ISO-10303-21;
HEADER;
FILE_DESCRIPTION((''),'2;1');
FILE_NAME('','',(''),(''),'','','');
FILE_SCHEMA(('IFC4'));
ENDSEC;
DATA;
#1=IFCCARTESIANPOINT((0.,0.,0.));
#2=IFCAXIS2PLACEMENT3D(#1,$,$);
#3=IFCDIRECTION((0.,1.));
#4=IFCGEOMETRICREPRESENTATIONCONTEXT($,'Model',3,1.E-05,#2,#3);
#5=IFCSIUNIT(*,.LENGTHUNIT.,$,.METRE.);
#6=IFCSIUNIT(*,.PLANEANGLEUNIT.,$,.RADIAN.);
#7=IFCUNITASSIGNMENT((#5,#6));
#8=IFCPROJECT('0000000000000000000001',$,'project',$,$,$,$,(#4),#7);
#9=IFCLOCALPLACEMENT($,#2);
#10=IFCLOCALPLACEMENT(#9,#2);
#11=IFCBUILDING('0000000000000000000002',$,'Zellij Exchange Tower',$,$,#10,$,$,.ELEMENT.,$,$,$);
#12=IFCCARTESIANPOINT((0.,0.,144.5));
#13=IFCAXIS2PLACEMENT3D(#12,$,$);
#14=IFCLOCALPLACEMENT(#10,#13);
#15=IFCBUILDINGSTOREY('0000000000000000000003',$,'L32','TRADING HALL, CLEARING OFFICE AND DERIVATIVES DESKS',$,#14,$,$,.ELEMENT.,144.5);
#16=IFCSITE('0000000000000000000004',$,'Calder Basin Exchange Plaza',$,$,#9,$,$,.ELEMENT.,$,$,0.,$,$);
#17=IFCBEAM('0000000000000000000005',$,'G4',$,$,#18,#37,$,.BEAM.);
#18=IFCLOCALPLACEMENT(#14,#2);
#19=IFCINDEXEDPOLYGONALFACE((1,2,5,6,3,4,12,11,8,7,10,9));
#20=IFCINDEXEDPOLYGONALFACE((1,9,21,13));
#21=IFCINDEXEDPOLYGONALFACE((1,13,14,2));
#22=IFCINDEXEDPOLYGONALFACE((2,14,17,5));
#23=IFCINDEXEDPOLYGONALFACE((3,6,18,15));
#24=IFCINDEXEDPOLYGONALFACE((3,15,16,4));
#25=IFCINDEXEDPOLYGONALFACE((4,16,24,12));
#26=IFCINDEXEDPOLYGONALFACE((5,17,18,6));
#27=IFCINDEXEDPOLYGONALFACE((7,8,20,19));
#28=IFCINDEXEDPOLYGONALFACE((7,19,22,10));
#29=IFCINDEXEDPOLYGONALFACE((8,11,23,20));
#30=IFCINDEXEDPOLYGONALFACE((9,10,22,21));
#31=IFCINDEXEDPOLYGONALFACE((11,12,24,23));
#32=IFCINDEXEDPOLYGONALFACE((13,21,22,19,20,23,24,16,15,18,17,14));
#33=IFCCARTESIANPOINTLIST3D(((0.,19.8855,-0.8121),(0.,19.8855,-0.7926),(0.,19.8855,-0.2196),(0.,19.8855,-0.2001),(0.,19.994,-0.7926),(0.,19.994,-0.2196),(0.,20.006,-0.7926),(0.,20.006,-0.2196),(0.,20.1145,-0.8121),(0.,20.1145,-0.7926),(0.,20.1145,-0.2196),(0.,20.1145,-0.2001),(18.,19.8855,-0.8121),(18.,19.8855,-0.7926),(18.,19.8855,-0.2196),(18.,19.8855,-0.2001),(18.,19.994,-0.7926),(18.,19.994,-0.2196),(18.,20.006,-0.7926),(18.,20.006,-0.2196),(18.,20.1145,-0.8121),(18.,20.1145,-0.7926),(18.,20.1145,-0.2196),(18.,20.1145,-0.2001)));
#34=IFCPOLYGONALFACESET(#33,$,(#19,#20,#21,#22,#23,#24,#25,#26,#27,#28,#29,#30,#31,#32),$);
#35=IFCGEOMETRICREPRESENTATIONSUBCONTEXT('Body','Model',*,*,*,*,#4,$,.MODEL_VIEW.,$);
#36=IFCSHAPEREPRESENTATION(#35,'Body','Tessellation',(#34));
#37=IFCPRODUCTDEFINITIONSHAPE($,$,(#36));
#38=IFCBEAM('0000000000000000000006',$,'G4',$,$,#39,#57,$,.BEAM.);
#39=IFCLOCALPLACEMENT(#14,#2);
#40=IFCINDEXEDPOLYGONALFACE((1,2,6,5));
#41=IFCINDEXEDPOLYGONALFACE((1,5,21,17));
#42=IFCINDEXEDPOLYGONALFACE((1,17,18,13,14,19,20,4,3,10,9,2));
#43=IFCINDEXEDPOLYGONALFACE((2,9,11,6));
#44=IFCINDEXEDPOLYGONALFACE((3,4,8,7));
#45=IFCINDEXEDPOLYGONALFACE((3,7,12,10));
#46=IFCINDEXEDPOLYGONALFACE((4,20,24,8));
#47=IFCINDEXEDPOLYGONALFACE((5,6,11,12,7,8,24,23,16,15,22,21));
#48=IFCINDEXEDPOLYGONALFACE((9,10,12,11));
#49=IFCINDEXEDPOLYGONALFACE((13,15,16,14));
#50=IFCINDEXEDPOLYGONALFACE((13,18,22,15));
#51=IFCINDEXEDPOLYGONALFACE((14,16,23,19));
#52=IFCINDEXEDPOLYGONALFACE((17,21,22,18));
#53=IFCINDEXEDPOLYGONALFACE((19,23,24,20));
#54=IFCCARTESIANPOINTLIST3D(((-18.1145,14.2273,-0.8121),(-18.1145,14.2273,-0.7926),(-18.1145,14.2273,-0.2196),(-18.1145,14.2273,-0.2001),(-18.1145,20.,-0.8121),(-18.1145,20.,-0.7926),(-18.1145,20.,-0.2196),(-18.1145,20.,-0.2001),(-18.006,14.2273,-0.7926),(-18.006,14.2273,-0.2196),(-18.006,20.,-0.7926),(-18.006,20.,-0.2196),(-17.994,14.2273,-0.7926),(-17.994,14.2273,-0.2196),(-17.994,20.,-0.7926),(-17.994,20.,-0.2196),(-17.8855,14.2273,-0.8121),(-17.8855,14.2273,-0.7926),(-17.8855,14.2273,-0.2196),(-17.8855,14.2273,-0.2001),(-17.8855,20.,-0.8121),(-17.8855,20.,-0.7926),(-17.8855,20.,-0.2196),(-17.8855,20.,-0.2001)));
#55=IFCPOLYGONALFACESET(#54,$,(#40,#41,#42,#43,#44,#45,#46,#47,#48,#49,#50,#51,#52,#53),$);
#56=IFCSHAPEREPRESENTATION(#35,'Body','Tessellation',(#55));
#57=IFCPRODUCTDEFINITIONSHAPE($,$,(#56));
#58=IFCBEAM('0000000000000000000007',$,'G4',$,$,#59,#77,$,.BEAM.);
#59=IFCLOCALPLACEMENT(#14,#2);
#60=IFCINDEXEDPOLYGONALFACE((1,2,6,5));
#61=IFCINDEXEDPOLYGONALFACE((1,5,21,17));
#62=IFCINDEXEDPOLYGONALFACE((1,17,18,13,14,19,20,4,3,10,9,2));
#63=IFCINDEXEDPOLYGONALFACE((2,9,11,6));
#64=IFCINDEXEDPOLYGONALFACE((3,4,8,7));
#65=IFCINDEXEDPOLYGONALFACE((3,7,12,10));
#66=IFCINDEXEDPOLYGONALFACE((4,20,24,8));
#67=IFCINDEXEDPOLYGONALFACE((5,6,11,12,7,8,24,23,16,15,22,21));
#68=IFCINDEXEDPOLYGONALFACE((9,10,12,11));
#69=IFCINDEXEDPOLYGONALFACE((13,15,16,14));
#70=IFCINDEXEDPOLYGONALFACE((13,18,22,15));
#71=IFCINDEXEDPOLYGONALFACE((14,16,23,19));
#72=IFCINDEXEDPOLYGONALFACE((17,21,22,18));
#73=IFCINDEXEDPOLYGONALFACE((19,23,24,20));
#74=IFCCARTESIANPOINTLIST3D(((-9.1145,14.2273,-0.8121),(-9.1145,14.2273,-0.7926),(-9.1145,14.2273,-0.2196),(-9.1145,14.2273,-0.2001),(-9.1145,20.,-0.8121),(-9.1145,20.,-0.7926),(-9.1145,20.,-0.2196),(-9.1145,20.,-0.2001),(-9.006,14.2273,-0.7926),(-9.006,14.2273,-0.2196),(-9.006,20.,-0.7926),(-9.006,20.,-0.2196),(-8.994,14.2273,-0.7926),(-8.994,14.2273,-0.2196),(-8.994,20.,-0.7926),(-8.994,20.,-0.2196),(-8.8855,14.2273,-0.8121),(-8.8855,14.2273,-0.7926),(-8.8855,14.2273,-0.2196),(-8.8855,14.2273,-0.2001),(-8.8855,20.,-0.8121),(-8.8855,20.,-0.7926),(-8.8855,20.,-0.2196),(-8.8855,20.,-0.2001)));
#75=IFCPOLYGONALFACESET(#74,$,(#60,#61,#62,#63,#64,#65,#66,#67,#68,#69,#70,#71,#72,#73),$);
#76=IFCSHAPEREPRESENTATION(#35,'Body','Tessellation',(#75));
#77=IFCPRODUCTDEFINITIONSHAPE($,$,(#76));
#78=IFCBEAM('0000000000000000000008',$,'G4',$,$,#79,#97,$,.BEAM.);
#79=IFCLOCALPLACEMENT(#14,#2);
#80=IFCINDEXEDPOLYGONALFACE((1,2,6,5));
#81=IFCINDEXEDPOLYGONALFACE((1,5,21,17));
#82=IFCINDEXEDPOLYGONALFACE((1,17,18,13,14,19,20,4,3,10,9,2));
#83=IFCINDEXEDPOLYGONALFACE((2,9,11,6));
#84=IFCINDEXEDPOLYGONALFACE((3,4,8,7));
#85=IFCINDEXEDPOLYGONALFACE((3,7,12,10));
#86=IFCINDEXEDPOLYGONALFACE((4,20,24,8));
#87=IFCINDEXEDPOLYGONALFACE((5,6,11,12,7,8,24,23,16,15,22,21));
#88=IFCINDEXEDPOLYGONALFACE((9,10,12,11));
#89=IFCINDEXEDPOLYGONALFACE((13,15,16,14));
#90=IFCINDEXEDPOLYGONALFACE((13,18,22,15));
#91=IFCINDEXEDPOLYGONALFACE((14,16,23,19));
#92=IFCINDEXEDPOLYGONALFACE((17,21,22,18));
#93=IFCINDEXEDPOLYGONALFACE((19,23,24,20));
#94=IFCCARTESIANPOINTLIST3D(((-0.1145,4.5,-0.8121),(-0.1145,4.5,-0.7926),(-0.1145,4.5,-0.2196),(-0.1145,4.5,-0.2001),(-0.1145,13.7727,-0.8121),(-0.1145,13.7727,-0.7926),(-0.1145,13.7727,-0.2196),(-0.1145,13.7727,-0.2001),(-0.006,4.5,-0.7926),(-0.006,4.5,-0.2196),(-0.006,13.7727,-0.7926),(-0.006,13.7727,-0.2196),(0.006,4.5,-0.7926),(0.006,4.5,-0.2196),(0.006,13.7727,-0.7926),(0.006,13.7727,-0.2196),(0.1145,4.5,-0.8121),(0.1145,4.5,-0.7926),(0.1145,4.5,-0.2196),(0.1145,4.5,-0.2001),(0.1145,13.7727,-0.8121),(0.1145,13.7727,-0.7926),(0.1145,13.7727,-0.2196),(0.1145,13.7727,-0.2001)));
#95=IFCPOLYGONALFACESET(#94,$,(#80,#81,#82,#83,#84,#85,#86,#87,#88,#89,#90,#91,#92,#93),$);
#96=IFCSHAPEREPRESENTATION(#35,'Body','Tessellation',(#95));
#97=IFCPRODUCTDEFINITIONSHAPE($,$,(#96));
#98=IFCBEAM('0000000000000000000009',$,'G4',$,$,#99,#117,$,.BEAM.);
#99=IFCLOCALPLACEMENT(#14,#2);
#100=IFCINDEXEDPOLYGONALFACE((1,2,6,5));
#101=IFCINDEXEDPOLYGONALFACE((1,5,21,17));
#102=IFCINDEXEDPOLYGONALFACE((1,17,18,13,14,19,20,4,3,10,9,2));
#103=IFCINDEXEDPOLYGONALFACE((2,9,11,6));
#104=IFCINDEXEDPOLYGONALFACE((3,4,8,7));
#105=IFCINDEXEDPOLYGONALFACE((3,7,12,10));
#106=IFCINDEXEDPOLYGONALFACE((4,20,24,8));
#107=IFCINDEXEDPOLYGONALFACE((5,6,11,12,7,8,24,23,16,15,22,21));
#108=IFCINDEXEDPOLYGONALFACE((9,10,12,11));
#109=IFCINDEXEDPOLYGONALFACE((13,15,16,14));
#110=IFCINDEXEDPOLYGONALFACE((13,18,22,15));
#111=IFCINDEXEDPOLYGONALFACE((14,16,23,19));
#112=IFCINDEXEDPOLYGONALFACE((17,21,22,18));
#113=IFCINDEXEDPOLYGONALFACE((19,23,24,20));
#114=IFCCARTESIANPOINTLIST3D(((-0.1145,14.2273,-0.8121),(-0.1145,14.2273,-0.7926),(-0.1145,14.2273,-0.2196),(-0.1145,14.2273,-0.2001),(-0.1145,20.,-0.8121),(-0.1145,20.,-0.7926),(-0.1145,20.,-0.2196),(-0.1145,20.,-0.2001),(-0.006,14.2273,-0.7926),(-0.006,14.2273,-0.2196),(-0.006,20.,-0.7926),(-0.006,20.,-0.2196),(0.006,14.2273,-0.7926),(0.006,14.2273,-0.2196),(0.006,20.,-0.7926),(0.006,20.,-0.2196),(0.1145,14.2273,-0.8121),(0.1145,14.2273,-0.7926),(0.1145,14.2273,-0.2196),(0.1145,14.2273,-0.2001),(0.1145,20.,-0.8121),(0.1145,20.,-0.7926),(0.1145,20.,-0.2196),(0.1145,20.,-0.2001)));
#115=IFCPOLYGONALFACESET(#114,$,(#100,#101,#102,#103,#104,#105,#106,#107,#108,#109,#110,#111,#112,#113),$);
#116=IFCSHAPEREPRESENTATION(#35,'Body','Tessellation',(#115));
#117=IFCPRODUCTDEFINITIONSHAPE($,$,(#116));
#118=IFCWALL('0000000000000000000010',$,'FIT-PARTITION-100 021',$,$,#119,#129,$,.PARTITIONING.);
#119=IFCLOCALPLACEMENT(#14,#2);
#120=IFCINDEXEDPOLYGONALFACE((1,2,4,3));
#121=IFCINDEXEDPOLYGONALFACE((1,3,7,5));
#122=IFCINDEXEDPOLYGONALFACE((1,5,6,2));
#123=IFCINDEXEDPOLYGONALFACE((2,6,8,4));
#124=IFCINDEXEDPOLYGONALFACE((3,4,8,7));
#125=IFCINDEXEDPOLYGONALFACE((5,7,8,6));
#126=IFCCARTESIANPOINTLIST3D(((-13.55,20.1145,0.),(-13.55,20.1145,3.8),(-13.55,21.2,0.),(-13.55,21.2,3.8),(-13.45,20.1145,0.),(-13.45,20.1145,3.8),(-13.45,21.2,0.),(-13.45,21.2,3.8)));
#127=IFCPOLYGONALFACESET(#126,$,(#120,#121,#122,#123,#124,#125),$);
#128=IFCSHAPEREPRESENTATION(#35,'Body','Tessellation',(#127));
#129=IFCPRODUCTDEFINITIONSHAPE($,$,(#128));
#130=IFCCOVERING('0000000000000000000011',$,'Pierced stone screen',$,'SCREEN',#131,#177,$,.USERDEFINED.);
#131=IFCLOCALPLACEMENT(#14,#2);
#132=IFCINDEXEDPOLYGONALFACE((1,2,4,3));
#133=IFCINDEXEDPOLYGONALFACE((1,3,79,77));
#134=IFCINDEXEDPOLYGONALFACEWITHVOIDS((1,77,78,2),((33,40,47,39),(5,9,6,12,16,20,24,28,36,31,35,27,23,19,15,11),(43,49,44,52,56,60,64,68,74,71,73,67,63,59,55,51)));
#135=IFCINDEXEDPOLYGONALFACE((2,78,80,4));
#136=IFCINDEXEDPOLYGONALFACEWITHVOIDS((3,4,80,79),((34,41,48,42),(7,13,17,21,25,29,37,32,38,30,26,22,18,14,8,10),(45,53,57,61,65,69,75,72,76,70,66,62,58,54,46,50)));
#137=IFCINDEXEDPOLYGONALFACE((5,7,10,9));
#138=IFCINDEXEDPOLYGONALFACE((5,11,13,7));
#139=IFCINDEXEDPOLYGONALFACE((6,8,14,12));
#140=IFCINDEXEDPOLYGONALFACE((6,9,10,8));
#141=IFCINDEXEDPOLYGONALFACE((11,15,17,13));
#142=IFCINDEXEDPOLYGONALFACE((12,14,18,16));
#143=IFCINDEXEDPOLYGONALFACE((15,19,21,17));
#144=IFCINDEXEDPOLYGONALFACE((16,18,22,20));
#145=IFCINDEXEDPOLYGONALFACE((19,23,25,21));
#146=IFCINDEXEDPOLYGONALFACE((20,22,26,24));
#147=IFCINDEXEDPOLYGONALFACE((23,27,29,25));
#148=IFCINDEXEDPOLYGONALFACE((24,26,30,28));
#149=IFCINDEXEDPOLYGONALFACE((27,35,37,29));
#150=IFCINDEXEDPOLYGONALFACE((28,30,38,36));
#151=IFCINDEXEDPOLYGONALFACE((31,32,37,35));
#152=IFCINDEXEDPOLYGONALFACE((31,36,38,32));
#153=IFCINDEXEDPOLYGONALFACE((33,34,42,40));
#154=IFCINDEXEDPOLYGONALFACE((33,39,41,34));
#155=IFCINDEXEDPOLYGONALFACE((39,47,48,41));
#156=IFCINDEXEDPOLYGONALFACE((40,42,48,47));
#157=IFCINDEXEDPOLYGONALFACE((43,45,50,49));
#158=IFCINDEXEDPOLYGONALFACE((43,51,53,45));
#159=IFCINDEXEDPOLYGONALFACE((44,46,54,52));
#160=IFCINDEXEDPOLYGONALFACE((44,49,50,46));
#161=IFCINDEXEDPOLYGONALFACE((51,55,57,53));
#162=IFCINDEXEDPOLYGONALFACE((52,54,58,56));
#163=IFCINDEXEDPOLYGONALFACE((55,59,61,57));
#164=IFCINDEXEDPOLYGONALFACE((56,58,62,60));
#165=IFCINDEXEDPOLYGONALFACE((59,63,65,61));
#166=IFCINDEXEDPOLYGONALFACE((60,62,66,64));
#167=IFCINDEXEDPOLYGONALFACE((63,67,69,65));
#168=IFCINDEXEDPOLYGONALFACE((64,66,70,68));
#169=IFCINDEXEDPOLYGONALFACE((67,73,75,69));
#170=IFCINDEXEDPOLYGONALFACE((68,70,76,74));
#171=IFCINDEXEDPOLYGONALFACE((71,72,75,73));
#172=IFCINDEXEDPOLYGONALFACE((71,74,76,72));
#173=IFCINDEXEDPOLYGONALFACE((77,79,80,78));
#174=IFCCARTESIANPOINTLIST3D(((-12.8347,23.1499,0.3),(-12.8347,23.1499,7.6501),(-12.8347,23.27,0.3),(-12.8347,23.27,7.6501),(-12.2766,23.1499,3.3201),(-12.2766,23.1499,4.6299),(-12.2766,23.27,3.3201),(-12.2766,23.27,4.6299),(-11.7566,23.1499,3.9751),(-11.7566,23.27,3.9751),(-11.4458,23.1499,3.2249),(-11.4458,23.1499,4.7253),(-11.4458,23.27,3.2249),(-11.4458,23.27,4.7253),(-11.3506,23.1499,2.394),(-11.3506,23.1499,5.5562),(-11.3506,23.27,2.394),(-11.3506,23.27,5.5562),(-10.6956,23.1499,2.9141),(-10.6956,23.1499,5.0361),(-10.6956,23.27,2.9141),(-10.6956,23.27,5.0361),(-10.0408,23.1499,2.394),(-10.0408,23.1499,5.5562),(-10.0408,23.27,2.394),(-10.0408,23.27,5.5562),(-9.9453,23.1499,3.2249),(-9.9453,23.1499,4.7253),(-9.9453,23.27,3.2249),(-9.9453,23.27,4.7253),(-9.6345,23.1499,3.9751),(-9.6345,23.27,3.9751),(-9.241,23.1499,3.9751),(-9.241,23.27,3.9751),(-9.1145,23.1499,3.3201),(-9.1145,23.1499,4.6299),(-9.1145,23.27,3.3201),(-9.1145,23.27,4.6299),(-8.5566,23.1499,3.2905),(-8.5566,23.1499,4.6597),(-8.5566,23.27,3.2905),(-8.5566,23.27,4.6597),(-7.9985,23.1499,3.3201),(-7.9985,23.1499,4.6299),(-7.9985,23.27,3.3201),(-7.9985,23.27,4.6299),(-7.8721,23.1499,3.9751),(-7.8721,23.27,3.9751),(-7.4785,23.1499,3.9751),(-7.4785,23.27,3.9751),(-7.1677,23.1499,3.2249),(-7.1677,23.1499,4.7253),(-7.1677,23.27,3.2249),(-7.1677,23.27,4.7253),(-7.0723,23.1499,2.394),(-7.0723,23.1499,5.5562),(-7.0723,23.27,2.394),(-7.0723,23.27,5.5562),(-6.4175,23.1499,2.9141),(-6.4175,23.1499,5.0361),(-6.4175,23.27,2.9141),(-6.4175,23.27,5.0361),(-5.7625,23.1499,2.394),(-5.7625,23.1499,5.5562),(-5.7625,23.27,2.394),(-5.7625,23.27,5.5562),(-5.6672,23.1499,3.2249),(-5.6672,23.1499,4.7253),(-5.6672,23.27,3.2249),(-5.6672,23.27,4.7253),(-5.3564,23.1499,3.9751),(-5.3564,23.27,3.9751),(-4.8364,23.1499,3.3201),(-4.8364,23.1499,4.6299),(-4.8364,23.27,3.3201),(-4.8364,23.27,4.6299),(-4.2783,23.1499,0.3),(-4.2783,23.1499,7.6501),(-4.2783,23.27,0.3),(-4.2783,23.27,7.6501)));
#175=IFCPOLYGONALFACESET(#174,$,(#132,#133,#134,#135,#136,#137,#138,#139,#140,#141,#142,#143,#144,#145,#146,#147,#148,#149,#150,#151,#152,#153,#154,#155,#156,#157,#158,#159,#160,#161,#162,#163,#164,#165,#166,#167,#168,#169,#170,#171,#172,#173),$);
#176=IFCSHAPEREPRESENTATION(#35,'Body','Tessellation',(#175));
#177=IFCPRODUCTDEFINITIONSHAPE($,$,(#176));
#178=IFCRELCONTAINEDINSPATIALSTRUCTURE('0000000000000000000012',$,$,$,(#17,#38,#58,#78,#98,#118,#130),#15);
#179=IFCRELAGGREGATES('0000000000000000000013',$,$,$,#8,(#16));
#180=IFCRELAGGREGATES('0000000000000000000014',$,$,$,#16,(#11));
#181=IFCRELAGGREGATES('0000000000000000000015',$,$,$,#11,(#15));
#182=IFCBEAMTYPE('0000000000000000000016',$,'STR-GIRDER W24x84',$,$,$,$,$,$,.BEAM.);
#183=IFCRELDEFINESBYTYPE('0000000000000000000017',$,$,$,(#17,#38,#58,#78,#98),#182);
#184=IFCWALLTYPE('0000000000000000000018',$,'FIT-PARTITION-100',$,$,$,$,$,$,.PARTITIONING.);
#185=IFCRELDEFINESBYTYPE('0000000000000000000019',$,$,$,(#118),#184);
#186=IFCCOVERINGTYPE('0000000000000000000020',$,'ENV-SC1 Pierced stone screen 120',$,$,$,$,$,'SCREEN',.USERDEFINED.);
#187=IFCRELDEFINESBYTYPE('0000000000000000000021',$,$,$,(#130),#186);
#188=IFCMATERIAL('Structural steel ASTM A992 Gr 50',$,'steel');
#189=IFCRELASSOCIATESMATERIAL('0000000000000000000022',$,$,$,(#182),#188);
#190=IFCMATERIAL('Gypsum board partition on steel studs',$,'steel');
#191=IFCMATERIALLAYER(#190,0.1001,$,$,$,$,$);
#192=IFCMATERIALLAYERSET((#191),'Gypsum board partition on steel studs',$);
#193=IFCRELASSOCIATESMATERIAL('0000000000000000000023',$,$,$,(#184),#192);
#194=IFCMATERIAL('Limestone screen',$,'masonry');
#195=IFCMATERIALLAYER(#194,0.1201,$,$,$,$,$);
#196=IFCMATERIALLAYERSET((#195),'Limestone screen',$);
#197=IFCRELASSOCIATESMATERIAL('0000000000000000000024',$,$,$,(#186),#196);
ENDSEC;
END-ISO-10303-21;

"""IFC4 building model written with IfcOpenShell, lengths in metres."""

from ifc_helpers import new_model, si_unit, direction, frame, frame_2d, origin, origin_2d, place, context, subcontext, project, spatial, polyline, rectangle, i_section, outline, extrude, material, layer, layer_set, material_profile, profile_set, type_object, element, save


model = new_model("IFC4")

# Units and contexts
model_context = context("Model", 3, precision=1e-05, world=origin(), true_north=direction((0.0, 1.0)))
body_context = subcontext(model_context, "Body", "Model", "MODEL_VIEW")
ifc_project = project(units=[si_unit("LENGTHUNIT", "METRE"), si_unit("PLANEANGLEUNIT", "RADIAN")], contexts=[model_context])

# Site, building, storey
site_placement = place(None, origin())
site = spatial("IfcSite", under=ifc_project, at=site_placement, Name="Calder Basin Exchange Plaza", CompositionType="ELEMENT", RefElevation=0.0)
building_placement = place(site_placement, origin())
building = spatial("IfcBuilding", under=site, at=building_placement, Name="Zellij Exchange Tower", CompositionType="ELEMENT")
storey_placement = place(building_placement, frame((0.0, 0.0, 144.5)))
storey = spatial("IfcBuildingStorey", under=building, at=storey_placement, Name="L32", Description="TRADING HALL, CLEARING OFFICE AND DERIVATIVES DESKS", CompositionType="ELEMENT", Elevation=144.5)

# Beams
ifc_material_1 = material(Name="Structural steel ASTM A992 Gr 50", Category="steel")
ifc_material_profile_1 = material_profile(ifc_material_1, i_section(OverallWidth=0.229, OverallDepth=0.6121, WebThickness=0.012, FlangeThickness=0.0195, at=origin_2d()), Name="W24x84")
ifc_profile_set_1 = profile_set([ifc_material_profile_1], Name="Structural steel ASTM A992 Gr 50")
beam_type = type_object("IfcBeamType", Name="STR-GIRDER W24x84", PredefinedType="BEAM", material=ifc_profile_set_1)
for number, where, z_axis, x_axis, name in (
    (1, (0.0, 20.0, -0.5061), (1.0, 0.0, 0.0), (0.0, 1.0, 0.0), "G4"),
):
    element("IfcBeam", number, at=place(storey_placement, frame(where, z_axis=z_axis, x_axis=x_axis)), inside=storey, type_object=beam_type, Name=name, PredefinedType="BEAM", context=body_context, shape_type="SweptSolid", body=[
        extrude(i_section(OverallWidth=0.229, OverallDepth=0.6121, WebThickness=0.012, FlangeThickness=0.0195, at=origin_2d()), origin(), (0.0, 0.0, 1.0), 18.0),
    ])
for number, where, z_axis, x_axis, name in (
    (2, (-18.0, 14.2273, -0.5061), (0.0, 1.0, 0.0), (-1.0, 0.0, 0.0), "G4"),
    (3, (-9.0, 14.2273, -0.5061), (0.0, 1.0, 0.0), (-1.0, 0.0, 0.0), "G4"),
):
    element("IfcBeam", number, at=place(storey_placement, frame(where, z_axis=z_axis, x_axis=x_axis)), inside=storey, type_object=beam_type, Name=name, PredefinedType="BEAM", context=body_context, shape_type="SweptSolid", body=[
        extrude(i_section(OverallWidth=0.229, OverallDepth=0.6121, WebThickness=0.012, FlangeThickness=0.0195, at=origin_2d()), origin(), (0.0, 0.0, 1.0), 5.7727),
    ])
beam_1_placement = place(storey_placement, frame((0.0, 4.5, -0.5061), z_axis=(0.0, 1.0, 0.0), x_axis=(-1.0, 0.0, 0.0)))
element("IfcBeam", 4, at=beam_1_placement, inside=storey, type_object=beam_type, Name="G4", PredefinedType="BEAM", context=body_context, shape_type="SweptSolid", body=[
    extrude(i_section(OverallWidth=0.229, OverallDepth=0.6121, WebThickness=0.012, FlangeThickness=0.0195, at=origin_2d()), origin(), (0.0, 0.0, 1.0), 9.2727),
])
beam_2_placement = place(storey_placement, frame((0.0, 14.2273, -0.5061), z_axis=(0.0, 1.0, 0.0), x_axis=(-1.0, 0.0, 0.0)))
element("IfcBeam", 5, at=beam_2_placement, inside=storey, type_object=beam_type, Name="G4", PredefinedType="BEAM", context=body_context, shape_type="SweptSolid", body=[
    extrude(i_section(OverallWidth=0.229, OverallDepth=0.6121, WebThickness=0.012, FlangeThickness=0.0195, at=origin_2d()), origin(), (0.0, 0.0, 1.0), 5.7727),
])

# Wall
ifc_material_2 = material(Name="Gypsum board partition on steel studs", Category="steel")
ifc_layer_1 = layer(ifc_material_2, 0.1001)
ifc_layer_set_1 = layer_set([ifc_layer_1], Name="Gypsum board partition on steel studs")
wall_type = type_object("IfcWallType", Name="FIT-PARTITION-100", PredefinedType="PARTITIONING", material=ifc_layer_set_1)
wall_placement = place(storey_placement, frame((-13.5, 20.1145, 0.0), z_axis=(0.0, 0.0, 1.0), x_axis=(0.0, 1.0, 0.0)))
element("IfcWall", 6, at=wall_placement, inside=storey, type_object=wall_type, Name="FIT-PARTITION-100 021", PredefinedType="PARTITIONING", context=body_context, shape_type="SweptSolid", body=[
    extrude(rectangle(XDim=1.0854, YDim=0.1001, at=frame_2d((0.5427, 0.0))), origin(), (0.0, 0.0, 1.0), 3.8),
])

# Covering
ifc_material_3 = material(Name="Limestone screen", Category="masonry")
ifc_layer_2 = layer(ifc_material_3, 0.1201)
ifc_layer_set_2 = layer_set([ifc_layer_2], Name="Limestone screen")
covering_type = type_object("IfcCoveringType", Name="ENV-SC1 Pierced stone screen 120", ElementType="SCREEN", PredefinedType="USERDEFINED", material=ifc_layer_set_2)
for number, where, z_axis, x_axis, name in (
    (7, (-4.2783, 23.21, 0.3), (0.0, 0.0, 1.0), (-1.0, 0.0, 0.0), "Pierced stone screen"),
):
    element("IfcCovering", number, at=place(storey_placement, frame(where, z_axis=z_axis, x_axis=x_axis)), inside=storey, type_object=covering_type, Name=name, ObjectType="SCREEN", PredefinedType="USERDEFINED", context=body_context, shape_type="SweptSolid", body=[
        extrude(outline(polyline([(0.0, 0.0), (8.5564, 0.0), (8.5564, 7.3501), (0.0, 7.3501), (0.0, 0.0)]), holes=[polyline([(3.7202, 4.3298), (2.8894, 4.4253), (2.7939, 5.2561), (2.1392, 4.7361), (1.4841, 5.2561), (1.3889, 4.4253), (0.5581, 4.3298), (1.0781, 3.675), (0.5581, 3.02), (1.3889, 2.9248), (1.4841, 2.094), (2.1392, 2.614), (2.7939, 2.094), (2.8894, 2.9248), (3.7202, 3.02), (3.2002, 3.675), (3.7202, 4.3298)]), polyline([(7.9983, 4.3298), (7.1675, 4.4253), (7.0723, 5.2561), (6.4172, 4.7361), (5.7625, 5.2561), (5.667, 4.4253), (4.8362, 4.3298), (5.3562, 3.675), (4.8362, 3.02), (5.667, 2.9248), (5.7625, 2.094), (6.4172, 2.614), (7.0723, 2.094), (7.1675, 2.9248), (7.9983, 3.02), (7.4783, 3.675), (7.9983, 4.3298)]), polyline([(4.9626, 3.675), (4.2783, 4.3596), (3.5938, 3.675), (4.2783, 2.9905), (4.9626, 3.675)])]), frame((0.0, 0.0601, 0.0), z_axis=(0.0, -1.0, 0.0), x_axis=(1.0, 0.0, 0.0)), (0.0, 0.0, 1.0), 0.1201),
    ])

save(model, "model.ifc")
